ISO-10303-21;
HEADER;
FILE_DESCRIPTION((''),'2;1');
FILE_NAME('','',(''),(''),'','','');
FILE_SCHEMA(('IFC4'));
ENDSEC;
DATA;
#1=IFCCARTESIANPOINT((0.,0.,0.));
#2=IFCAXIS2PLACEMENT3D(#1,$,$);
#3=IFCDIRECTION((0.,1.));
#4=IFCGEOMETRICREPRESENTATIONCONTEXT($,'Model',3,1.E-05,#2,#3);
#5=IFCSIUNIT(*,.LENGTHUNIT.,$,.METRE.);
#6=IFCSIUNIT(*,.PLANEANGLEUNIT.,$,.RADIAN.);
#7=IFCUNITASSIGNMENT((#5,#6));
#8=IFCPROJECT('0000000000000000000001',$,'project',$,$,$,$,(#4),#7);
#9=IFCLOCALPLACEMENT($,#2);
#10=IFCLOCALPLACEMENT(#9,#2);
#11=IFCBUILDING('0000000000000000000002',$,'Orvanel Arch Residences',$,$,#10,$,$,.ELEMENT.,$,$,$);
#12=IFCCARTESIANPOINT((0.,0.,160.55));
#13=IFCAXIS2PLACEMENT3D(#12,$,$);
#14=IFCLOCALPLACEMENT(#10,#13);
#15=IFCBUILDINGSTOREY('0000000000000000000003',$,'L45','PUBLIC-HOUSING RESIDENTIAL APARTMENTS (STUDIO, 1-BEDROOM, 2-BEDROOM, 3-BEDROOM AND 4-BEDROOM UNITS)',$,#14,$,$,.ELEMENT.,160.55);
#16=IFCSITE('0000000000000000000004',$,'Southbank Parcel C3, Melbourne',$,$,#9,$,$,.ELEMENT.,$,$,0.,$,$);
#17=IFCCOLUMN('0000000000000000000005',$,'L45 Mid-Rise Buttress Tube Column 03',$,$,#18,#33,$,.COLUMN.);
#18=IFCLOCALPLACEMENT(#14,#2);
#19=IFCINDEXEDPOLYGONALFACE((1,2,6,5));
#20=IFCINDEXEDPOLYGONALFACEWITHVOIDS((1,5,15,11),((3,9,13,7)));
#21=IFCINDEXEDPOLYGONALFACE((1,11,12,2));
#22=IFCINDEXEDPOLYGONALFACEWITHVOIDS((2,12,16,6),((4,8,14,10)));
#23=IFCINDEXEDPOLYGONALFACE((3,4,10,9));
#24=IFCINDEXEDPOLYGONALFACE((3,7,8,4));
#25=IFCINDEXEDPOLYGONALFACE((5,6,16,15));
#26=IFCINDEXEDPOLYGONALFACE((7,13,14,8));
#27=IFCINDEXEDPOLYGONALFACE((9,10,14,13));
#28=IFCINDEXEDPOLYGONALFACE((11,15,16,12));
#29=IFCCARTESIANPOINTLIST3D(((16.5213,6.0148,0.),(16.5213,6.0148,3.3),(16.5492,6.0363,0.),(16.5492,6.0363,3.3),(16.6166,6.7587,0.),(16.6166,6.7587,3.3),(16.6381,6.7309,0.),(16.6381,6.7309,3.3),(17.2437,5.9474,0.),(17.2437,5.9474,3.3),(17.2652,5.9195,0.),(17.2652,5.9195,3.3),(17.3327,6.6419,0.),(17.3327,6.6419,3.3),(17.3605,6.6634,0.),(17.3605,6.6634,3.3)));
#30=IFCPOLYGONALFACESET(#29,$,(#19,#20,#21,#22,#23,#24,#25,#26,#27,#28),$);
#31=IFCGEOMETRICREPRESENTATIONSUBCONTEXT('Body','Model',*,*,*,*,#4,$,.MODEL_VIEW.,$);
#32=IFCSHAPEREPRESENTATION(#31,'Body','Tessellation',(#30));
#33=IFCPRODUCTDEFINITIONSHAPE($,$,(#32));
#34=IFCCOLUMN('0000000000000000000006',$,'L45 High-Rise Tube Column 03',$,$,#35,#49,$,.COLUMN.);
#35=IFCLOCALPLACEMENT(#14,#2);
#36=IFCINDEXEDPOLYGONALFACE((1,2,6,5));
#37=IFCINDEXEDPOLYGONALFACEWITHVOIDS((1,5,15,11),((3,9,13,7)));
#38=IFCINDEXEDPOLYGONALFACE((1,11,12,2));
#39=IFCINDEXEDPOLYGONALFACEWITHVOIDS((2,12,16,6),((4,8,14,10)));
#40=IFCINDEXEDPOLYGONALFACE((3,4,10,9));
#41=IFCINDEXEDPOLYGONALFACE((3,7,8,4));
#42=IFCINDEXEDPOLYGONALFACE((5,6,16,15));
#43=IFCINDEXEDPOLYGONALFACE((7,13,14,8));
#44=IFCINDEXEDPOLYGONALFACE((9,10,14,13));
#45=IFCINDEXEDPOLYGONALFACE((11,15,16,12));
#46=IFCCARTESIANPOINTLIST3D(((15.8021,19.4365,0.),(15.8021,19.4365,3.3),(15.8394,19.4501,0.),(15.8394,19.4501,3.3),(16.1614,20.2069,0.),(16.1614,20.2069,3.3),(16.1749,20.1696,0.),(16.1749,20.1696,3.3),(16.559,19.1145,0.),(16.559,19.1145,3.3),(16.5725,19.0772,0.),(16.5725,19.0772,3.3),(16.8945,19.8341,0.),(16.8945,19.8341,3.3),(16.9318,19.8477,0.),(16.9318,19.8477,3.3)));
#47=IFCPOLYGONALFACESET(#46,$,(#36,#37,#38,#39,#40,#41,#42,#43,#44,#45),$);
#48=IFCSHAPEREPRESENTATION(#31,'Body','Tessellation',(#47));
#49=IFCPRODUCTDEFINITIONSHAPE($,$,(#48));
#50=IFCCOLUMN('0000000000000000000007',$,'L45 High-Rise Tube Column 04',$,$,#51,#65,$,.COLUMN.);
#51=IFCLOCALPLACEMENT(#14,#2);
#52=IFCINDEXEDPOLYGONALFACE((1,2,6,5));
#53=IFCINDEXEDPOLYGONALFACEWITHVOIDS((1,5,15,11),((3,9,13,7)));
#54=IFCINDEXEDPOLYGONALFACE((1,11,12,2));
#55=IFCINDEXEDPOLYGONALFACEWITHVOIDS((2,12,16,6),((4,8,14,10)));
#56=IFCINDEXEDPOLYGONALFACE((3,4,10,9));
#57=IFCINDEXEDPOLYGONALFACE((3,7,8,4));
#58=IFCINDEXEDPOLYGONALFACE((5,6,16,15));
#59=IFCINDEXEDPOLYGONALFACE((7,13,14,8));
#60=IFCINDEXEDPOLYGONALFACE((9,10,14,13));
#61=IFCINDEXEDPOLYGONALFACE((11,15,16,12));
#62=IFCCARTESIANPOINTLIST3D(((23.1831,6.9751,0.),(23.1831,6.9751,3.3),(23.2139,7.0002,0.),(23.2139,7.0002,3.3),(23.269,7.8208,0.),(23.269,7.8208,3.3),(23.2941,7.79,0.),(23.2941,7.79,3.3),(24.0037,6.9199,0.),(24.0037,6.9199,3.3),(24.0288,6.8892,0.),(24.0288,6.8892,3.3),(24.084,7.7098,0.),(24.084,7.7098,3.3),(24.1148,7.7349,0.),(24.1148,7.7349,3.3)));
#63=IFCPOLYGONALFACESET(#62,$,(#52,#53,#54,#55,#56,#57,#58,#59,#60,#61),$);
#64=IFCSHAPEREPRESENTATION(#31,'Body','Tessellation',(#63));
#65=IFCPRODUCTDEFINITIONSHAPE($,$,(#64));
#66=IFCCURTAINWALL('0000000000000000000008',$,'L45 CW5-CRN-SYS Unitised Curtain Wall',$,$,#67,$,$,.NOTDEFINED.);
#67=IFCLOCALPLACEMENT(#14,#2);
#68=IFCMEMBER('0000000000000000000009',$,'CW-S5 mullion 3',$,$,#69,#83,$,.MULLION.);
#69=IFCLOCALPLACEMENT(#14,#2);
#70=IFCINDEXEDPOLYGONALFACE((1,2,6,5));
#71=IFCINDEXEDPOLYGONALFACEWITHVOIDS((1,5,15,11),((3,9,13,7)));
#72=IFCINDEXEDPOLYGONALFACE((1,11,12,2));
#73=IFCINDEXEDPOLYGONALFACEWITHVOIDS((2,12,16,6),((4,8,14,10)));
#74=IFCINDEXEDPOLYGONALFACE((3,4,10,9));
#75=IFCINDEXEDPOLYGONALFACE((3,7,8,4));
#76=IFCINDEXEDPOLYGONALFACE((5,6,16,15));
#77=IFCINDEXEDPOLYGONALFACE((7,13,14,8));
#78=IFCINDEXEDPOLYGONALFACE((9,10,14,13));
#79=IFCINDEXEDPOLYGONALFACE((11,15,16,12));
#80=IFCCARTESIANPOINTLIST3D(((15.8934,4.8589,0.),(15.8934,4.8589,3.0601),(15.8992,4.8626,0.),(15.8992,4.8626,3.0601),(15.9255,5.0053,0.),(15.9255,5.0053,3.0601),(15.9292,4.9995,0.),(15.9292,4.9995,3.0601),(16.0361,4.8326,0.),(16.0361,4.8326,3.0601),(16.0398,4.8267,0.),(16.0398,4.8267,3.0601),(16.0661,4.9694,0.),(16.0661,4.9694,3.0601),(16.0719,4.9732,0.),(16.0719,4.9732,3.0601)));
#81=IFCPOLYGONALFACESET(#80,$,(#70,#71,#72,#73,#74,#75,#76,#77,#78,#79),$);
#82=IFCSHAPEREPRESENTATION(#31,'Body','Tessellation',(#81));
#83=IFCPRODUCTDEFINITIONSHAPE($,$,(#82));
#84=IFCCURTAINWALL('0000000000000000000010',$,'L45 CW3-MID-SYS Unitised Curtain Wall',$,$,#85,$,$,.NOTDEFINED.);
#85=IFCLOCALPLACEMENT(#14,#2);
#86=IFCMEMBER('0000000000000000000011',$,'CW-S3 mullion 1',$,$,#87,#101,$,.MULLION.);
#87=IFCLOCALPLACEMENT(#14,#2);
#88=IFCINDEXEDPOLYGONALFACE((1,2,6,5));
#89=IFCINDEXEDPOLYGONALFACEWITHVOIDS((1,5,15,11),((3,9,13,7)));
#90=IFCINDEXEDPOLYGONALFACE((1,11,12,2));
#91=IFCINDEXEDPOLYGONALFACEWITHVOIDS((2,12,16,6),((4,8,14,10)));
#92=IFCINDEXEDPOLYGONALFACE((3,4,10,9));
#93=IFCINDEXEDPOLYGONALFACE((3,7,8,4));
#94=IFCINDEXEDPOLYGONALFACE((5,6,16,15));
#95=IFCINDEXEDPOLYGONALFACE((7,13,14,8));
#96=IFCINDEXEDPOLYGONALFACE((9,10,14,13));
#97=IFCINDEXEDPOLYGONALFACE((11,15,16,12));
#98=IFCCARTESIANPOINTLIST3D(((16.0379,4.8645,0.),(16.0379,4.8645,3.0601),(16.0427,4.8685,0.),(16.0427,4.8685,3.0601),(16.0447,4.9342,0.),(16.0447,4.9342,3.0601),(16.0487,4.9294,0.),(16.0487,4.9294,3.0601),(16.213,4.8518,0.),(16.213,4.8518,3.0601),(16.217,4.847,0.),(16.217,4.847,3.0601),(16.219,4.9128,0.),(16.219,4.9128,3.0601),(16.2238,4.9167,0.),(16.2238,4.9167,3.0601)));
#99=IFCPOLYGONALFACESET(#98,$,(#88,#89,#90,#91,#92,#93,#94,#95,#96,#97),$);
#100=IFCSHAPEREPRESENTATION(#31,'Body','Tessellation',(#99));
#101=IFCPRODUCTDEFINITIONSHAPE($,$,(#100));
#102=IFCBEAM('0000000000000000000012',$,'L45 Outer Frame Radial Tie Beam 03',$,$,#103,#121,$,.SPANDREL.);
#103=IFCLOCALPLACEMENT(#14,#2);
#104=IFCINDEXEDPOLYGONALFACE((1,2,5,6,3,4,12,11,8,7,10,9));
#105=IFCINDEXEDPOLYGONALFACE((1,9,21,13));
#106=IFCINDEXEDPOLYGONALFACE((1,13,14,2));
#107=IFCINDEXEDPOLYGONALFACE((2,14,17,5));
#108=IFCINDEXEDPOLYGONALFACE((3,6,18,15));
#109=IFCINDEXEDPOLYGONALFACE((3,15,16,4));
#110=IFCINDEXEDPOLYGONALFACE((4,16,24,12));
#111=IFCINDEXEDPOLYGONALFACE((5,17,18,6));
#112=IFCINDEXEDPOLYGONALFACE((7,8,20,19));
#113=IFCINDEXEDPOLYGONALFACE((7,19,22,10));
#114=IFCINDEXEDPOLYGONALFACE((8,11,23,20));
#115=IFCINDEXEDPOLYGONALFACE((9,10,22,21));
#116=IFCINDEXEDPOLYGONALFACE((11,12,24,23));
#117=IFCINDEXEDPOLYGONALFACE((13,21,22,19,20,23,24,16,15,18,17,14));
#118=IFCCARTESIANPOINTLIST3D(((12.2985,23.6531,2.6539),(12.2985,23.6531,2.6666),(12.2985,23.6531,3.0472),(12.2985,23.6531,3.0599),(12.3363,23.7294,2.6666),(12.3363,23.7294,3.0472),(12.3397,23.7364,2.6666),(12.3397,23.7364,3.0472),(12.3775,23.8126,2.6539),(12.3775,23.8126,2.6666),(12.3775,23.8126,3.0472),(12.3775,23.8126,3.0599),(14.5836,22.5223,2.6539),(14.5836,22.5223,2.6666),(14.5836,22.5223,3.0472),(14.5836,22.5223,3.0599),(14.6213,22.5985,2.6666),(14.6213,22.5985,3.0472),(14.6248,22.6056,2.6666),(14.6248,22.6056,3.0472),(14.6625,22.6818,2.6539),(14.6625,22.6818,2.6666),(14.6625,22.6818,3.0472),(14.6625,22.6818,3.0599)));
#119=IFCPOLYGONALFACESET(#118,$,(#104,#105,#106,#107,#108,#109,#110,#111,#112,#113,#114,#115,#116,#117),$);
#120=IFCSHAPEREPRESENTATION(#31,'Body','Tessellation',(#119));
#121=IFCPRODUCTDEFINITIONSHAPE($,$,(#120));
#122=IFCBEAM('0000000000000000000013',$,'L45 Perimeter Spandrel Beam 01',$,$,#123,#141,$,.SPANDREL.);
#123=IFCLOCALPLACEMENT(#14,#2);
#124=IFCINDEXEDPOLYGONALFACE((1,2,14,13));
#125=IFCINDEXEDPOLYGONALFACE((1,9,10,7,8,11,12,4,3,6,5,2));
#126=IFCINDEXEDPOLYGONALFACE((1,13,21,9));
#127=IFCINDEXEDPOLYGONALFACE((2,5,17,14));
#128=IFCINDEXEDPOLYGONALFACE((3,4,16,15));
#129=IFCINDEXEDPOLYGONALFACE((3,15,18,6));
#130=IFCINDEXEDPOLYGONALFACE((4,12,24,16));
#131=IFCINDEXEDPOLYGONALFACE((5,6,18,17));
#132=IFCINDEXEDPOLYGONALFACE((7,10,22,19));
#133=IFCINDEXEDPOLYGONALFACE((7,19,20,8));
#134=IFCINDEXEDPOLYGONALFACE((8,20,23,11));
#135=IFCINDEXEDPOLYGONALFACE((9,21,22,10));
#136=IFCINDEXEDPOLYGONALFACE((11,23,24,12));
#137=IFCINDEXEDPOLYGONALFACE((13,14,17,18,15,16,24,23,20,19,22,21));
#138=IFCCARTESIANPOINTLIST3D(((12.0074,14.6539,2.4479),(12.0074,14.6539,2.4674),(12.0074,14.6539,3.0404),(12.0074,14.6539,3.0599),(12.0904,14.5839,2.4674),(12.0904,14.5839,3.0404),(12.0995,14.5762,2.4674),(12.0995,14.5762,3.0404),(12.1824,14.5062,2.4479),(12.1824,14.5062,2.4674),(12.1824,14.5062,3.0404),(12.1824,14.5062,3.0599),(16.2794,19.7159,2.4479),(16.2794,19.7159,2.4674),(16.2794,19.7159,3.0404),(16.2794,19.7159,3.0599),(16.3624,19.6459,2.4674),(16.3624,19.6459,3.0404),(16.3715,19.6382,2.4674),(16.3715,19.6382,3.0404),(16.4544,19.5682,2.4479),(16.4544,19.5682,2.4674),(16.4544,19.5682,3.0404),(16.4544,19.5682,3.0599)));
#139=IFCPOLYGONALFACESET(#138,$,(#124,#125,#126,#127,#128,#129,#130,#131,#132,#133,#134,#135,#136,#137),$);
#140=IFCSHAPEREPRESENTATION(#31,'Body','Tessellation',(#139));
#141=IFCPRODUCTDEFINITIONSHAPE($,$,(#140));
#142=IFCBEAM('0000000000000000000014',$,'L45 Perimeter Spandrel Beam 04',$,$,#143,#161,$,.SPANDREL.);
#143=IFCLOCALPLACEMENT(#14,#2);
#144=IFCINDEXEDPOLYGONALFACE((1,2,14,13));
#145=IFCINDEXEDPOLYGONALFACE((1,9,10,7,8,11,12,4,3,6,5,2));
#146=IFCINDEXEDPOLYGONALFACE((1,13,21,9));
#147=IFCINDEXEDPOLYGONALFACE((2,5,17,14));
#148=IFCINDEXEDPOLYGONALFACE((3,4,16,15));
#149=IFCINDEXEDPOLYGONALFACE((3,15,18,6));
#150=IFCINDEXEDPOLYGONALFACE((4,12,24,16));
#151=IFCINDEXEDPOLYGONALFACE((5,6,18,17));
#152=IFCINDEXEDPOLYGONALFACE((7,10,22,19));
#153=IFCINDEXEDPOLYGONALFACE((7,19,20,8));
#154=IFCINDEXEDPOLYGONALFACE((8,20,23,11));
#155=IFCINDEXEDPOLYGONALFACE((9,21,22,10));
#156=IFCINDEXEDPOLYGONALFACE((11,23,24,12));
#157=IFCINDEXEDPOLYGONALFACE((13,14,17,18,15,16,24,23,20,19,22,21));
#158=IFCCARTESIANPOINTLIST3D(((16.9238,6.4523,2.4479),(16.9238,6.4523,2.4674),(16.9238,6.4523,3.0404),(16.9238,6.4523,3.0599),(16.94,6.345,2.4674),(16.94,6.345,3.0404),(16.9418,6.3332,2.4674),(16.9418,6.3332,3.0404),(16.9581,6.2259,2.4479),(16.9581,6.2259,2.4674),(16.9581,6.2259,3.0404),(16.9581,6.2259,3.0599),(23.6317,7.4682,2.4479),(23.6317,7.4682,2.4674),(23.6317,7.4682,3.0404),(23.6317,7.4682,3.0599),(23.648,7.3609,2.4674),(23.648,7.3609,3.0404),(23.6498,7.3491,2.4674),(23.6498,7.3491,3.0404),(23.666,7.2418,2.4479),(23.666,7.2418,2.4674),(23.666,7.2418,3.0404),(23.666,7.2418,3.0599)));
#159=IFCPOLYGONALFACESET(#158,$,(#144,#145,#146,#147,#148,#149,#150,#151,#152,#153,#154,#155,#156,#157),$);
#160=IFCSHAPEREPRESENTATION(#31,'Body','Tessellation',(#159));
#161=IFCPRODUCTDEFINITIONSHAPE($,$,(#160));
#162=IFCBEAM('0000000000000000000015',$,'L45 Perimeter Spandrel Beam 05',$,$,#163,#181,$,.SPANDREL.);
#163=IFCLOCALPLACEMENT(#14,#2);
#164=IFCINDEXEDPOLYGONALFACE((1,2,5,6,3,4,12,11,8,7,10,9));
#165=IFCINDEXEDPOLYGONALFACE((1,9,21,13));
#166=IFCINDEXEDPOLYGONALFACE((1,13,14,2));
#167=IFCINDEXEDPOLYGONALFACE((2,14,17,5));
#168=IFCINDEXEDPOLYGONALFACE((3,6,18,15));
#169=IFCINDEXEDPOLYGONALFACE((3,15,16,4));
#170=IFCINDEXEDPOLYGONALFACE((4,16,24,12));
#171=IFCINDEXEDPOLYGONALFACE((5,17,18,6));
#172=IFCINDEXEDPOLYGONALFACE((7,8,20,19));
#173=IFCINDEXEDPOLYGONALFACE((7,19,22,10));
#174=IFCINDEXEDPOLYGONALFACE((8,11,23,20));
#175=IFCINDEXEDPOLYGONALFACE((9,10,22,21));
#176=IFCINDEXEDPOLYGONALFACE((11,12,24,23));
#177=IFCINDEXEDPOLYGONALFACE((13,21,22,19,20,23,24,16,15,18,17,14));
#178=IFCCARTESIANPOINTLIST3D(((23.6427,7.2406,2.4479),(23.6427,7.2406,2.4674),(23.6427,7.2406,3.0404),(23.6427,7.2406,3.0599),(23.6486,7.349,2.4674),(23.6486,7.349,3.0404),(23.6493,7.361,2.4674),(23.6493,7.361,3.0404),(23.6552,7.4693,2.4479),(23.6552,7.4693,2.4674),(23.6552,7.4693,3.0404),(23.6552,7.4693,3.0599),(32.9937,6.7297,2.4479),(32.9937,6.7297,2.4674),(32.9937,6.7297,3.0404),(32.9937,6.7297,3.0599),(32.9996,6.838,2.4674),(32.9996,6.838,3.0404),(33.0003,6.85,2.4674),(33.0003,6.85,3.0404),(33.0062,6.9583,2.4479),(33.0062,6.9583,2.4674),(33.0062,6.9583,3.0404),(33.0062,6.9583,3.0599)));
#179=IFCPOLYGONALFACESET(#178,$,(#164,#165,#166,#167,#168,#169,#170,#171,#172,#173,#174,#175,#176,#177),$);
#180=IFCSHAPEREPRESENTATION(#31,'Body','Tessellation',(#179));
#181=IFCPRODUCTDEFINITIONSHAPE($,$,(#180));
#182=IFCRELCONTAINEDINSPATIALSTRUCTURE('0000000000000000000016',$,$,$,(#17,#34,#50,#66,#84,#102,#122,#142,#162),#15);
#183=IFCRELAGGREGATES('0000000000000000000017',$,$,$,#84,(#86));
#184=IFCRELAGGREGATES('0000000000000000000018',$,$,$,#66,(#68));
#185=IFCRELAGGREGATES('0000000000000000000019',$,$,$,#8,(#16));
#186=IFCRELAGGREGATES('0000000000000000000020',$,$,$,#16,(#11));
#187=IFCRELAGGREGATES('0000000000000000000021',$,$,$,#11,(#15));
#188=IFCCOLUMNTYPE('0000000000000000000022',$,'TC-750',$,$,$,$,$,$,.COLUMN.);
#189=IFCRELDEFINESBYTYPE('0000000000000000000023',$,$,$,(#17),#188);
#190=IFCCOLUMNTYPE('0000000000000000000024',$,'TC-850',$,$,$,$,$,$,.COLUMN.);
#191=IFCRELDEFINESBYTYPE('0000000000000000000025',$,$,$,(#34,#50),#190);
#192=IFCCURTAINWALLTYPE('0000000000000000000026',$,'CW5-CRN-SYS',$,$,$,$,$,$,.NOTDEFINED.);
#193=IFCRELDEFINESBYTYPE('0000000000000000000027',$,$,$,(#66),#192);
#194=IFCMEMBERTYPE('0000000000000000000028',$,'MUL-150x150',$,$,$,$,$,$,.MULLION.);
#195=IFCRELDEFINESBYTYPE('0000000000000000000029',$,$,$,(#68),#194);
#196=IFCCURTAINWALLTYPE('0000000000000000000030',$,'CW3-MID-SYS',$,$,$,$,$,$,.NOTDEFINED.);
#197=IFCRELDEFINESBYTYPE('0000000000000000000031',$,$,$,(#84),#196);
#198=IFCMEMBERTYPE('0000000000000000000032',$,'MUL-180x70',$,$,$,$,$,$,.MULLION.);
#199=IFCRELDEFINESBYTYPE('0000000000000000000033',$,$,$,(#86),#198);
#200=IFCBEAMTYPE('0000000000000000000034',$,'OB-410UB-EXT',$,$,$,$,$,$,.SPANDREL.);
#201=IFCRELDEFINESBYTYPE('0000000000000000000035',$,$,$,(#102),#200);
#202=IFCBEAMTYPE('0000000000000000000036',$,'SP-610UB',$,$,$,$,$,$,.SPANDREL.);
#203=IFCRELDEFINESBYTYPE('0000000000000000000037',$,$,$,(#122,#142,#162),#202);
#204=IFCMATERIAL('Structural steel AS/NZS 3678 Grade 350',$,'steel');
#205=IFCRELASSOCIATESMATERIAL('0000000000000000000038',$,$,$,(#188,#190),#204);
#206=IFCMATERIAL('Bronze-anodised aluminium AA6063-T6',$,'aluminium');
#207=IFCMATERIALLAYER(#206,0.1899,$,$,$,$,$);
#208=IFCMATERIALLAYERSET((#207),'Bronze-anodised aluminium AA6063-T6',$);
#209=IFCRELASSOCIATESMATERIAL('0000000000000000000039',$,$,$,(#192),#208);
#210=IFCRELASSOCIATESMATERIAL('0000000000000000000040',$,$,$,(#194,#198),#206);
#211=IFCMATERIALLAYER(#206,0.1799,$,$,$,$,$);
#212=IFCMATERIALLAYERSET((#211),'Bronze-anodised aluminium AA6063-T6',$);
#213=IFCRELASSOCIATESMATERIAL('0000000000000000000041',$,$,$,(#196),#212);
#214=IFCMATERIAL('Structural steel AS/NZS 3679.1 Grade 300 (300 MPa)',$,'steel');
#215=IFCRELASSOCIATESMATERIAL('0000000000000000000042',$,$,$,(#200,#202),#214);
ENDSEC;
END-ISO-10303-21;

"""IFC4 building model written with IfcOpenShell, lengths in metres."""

from ifc_helpers import new_model, si_unit, direction, frame, origin, origin_2d, place, context, subcontext, project, spatial, hollow_rectangle, i_section, extrude, material, layer, layer_set, material_profile, profile_set, type_object, element, aggregate, save


model = new_model("IFC4")

# Units and contexts
model_context = context("Model", 3, precision=1e-05, world=origin(), true_north=direction((0.0, 1.0)))
body_context = subcontext(model_context, "Body", "Model", "MODEL_VIEW")
ifc_project = project(units=[si_unit("LENGTHUNIT", "METRE"), si_unit("PLANEANGLEUNIT", "RADIAN")], contexts=[model_context])

# Site, building, storey
site_placement = place(None, origin())
site = spatial("IfcSite", under=ifc_project, at=site_placement, Name="Southbank Parcel C3, Melbourne", CompositionType="ELEMENT", RefElevation=0.0)
building_placement = place(site_placement, origin())
building = spatial("IfcBuilding", under=site, at=building_placement, Name="Orvanel Arch Residences", CompositionType="ELEMENT")
storey_placement = place(building_placement, frame((0.0, 0.0, 160.55)))
storey = spatial("IfcBuildingStorey", under=building, at=storey_placement, Name="L45", Description="PUBLIC-HOUSING RESIDENTIAL APARTMENTS (STUDIO, 1-BEDROOM, 2-BEDROOM, 3-BEDROOM AND 4-BEDROOM UNITS)", CompositionType="ELEMENT", Elevation=160.55)

# Columns
ifc_material_1 = material(Name="Structural steel AS/NZS 3678 Grade 350", Category="steel")
ifc_material_profile_1 = material_profile(ifc_material_1, hollow_rectangle(XDim=0.75, YDim=0.75, WallThickness=0.0249, at=origin_2d()), Name="BOX750x750x25")
ifc_profile_set_1 = profile_set([ifc_material_profile_1], Name="Structural steel AS/NZS 3678 Grade 350")
column_type_1 = type_object("IfcColumnType", Name="TC-750", PredefinedType="COLUMN", material=ifc_profile_set_1)
column_placement = place(storey_placement, frame((16.9409, 6.3391, 0.0), z_axis=(0.0, 0.0, 1.0), x_axis=(-0.991894, 0.127065, 0.0)))
element("IfcColumn", 1, at=column_placement, inside=storey, type_object=column_type_1, Name="L45 Mid-Rise Buttress Tube Column 03", PredefinedType="COLUMN", context=body_context, shape_type="SweptSolid", body=[
    extrude(hollow_rectangle(XDim=0.75, YDim=0.75, WallThickness=0.0249, at=origin_2d()), origin(), (0.0, 0.0, 1.0), 3.3),
])
ifc_material_profile_2 = material_profile(ifc_material_1, hollow_rectangle(XDim=0.8501, YDim=0.8501, WallThickness=0.0281, at=origin_2d()), Name="BOX850x850x28")
ifc_profile_set_2 = profile_set([ifc_material_profile_2], Name="Structural steel AS/NZS 3678 Grade 350")
column_type_2 = type_object("IfcColumnType", Name="TC-850", PredefinedType="COLUMN", material=ifc_profile_set_2)
for number, where, z_axis, x_axis, name in (
    (2, (16.3669, 19.6421, 0.0), (0.0, 0.0, 1.0), (0.422618, 0.906308, 0.0), "L45 High-Rise Tube Column 03"),
    (3, (23.6489, 7.355, 0.0), (0.0, 0.0, 1.0), (-0.994881, 0.101056, 0.0), "L45 High-Rise Tube Column 04"),
):
    element("IfcColumn", number, at=place(storey_placement, frame(where, z_axis=z_axis, x_axis=x_axis)), inside=storey, type_object=column_type_2, Name=name, PredefinedType="COLUMN", context=body_context, shape_type="SweptSolid", body=[
        extrude(hollow_rectangle(XDim=0.8501, YDim=0.8501, WallThickness=0.0281, at=origin_2d()), origin(), (0.0, 0.0, 1.0), 3.3),
    ])

# Curtain walls, members
ifc_material_2 = material(Name="Bronze-anodised aluminium AA6063-T6", Category="aluminium")
ifc_layer_1 = layer(ifc_material_2, 0.1899)
ifc_layer_set_1 = layer_set([ifc_layer_1], Name="Bronze-anodised aluminium AA6063-T6")
curtain_wall_type_1 = type_object("IfcCurtainWallType", Name="CW5-CRN-SYS", PredefinedType="NOTDEFINED", material=ifc_layer_set_1)
curtain_wall_1_placement = place(storey_placement, origin())
curtain_wall_1 = element("IfcCurtainWall", 4, at=curtain_wall_1_placement, inside=storey, type_object=curtain_wall_type_1, Name="L45 CW5-CRN-SYS Unitised Curtain Wall", PredefinedType="NOTDEFINED")
ifc_material_profile_3 = material_profile(ifc_material_2, hollow_rectangle(XDim=0.1499, YDim=0.1499, WallThickness=0.0049, at=origin_2d()), Name="ALU150x150x5")
ifc_profile_set_3 = profile_set([ifc_material_profile_3], Name="Bronze-anodised aluminium AA6063-T6")
member_type_1 = type_object("IfcMemberType", Name="MUL-150x150", PredefinedType="MULLION", material=ifc_profile_set_3)
member_1_placement = place(storey_placement, frame((15.9827, 4.916, 0.0), z_axis=(0.0, 0.0, 1.0), x_axis=(0.214347, 0.976758, 0.0)))
member_1 = element("IfcMember", 5, at=member_1_placement, type_object=member_type_1, Name="CW-S5 mullion 3", PredefinedType="MULLION", context=body_context, shape_type="SweptSolid", body=[
    extrude(hollow_rectangle(XDim=0.1499, YDim=0.1499, WallThickness=0.0049, at=origin_2d()), origin(), (0.0, 0.0, 1.0), 3.0601),
])
ifc_layer_2 = layer(ifc_material_2, 0.1799)
ifc_layer_set_2 = layer_set([ifc_layer_2], Name="Bronze-anodised aluminium AA6063-T6")
curtain_wall_type_2 = type_object("IfcCurtainWallType", Name="CW3-MID-SYS", PredefinedType="NOTDEFINED", material=ifc_layer_set_2)
curtain_wall_2_placement = place(storey_placement, origin())
curtain_wall_2 = element("IfcCurtainWall", 6, at=curtain_wall_2_placement, inside=storey, type_object=curtain_wall_type_2, Name="L45 CW3-MID-SYS Unitised Curtain Wall", PredefinedType="NOTDEFINED")
ifc_material_profile_4 = material_profile(ifc_material_2, hollow_rectangle(XDim=0.0701, YDim=0.1799, WallThickness=0.0044, at=origin_2d()), Name="ALU180x70x4.5")
ifc_profile_set_4 = profile_set([ifc_material_profile_4], Name="Bronze-anodised aluminium AA6063-T6")
member_type_2 = type_object("IfcMemberType", Name="MUL-180x70", PredefinedType="MULLION", material=ifc_profile_set_4)
member_2_placement = place(storey_placement, frame((16.1309, 4.8906, 0.0), z_axis=(0.0, 0.0, 1.0), x_axis=(0.097286, 0.995256, 0.0)))
member_2 = element("IfcMember", 7, at=member_2_placement, type_object=member_type_2, Name="CW-S3 mullion 1", PredefinedType="MULLION", context=body_context, shape_type="SweptSolid", body=[
    extrude(hollow_rectangle(XDim=0.0701, YDim=0.1799, WallThickness=0.0044, at=origin_2d()), origin(), (0.0, 0.0, 1.0), 3.0601),
])

# Beams
ifc_material_3 = material(Name="Structural steel AS/NZS 3679.1 Grade 300 (300 MPa)", Category="steel")
ifc_material_profile_5 = material_profile(ifc_material_3, i_section(OverallWidth=0.178, OverallDepth=0.406, WebThickness=0.0078, FlangeThickness=0.0127, at=origin_2d()), Name="410UB59.7")
ifc_profile_set_5 = profile_set([ifc_material_profile_5], Name="Structural steel AS/NZS 3679.1 Grade 300 (300 MPa)")
beam_type_1 = type_object("IfcBeamType", Name="OB-410UB-EXT", PredefinedType="SPANDREL", material=ifc_profile_set_5)
beam_1_placement = place(storey_placement, frame((14.623, 22.6021, 2.8569), z_axis=(-0.896258, 0.443533, 0.0), x_axis=(-0.443533, -0.896258, 0.0)))
element("IfcBeam", 8, at=beam_1_placement, inside=storey, type_object=beam_type_1, Name="L45 Outer Frame Radial Tie Beam 03", PredefinedType="SPANDREL", context=body_context, shape_type="SweptSolid", body=[
    extrude(i_section(OverallWidth=0.178, OverallDepth=0.406, WebThickness=0.0078, FlangeThickness=0.0127, at=origin_2d()), origin(), (0.0, 0.0, 1.0), 2.5496),
])
ifc_material_profile_6 = material_profile(ifc_material_3, i_section(OverallWidth=0.229, OverallDepth=0.6121, WebThickness=0.012, FlangeThickness=0.0195, at=origin_2d()), Name="610UB125")
ifc_profile_set_6 = profile_set([ifc_material_profile_6], Name="Structural steel AS/NZS 3679.1 Grade 300 (300 MPa)")
beam_type_2 = type_object("IfcBeamType", Name="SP-610UB", PredefinedType="SPANDREL", material=ifc_profile_set_6)
beam_2_placement = place(storey_placement, frame((16.3669, 19.6421, 2.7539), z_axis=(-0.64495, -0.764224, 0.0), x_axis=(0.764224, -0.64495, 0.0)))
element("IfcBeam", 9, at=beam_2_placement, inside=storey, type_object=beam_type_2, Name="L45 Perimeter Spandrel Beam 01", PredefinedType="SPANDREL", context=body_context, shape_type="SweptSolid", body=[
    extrude(i_section(OverallWidth=0.229, OverallDepth=0.6121, WebThickness=0.012, FlangeThickness=0.0195, at=origin_2d()), origin(), (0.0, 0.0, 1.0), 6.6238),
])
beam_3_placement = place(storey_placement, frame((16.9409, 6.3391, 2.7539), z_axis=(0.988726, 0.149734, 0.0), x_axis=(-0.149734, 0.988726, 0.0)))
element("IfcBeam", 10, at=beam_3_placement, inside=storey, type_object=beam_type_2, Name="L45 Perimeter Spandrel Beam 04", PredefinedType="SPANDREL", context=body_context, shape_type="SweptSolid", body=[
    extrude(i_section(OverallWidth=0.229, OverallDepth=0.6121, WebThickness=0.012, FlangeThickness=0.0195, at=origin_2d()), origin(), (0.0, 0.0, 1.0), 6.7844),
])
beam_4_placement = place(storey_placement, frame((23.6489, 7.355, 2.7539), z_axis=(0.99851, -0.054563, 0.0), x_axis=(0.054563, 0.99851, 0.0)))
element("IfcBeam", 11, at=beam_4_placement, inside=storey, type_object=beam_type_2, Name="L45 Perimeter Spandrel Beam 05", PredefinedType="SPANDREL", context=body_context, shape_type="SweptSolid", body=[
    extrude(i_section(OverallWidth=0.229, OverallDepth=0.6121, WebThickness=0.012, FlangeThickness=0.0195, at=origin_2d()), origin(), (0.0, 0.0, 1.0), 9.365),
])

aggregate(curtain_wall_2, [member_2])

aggregate(curtain_wall_1, [member_1])

save(model, "model.ifc")
